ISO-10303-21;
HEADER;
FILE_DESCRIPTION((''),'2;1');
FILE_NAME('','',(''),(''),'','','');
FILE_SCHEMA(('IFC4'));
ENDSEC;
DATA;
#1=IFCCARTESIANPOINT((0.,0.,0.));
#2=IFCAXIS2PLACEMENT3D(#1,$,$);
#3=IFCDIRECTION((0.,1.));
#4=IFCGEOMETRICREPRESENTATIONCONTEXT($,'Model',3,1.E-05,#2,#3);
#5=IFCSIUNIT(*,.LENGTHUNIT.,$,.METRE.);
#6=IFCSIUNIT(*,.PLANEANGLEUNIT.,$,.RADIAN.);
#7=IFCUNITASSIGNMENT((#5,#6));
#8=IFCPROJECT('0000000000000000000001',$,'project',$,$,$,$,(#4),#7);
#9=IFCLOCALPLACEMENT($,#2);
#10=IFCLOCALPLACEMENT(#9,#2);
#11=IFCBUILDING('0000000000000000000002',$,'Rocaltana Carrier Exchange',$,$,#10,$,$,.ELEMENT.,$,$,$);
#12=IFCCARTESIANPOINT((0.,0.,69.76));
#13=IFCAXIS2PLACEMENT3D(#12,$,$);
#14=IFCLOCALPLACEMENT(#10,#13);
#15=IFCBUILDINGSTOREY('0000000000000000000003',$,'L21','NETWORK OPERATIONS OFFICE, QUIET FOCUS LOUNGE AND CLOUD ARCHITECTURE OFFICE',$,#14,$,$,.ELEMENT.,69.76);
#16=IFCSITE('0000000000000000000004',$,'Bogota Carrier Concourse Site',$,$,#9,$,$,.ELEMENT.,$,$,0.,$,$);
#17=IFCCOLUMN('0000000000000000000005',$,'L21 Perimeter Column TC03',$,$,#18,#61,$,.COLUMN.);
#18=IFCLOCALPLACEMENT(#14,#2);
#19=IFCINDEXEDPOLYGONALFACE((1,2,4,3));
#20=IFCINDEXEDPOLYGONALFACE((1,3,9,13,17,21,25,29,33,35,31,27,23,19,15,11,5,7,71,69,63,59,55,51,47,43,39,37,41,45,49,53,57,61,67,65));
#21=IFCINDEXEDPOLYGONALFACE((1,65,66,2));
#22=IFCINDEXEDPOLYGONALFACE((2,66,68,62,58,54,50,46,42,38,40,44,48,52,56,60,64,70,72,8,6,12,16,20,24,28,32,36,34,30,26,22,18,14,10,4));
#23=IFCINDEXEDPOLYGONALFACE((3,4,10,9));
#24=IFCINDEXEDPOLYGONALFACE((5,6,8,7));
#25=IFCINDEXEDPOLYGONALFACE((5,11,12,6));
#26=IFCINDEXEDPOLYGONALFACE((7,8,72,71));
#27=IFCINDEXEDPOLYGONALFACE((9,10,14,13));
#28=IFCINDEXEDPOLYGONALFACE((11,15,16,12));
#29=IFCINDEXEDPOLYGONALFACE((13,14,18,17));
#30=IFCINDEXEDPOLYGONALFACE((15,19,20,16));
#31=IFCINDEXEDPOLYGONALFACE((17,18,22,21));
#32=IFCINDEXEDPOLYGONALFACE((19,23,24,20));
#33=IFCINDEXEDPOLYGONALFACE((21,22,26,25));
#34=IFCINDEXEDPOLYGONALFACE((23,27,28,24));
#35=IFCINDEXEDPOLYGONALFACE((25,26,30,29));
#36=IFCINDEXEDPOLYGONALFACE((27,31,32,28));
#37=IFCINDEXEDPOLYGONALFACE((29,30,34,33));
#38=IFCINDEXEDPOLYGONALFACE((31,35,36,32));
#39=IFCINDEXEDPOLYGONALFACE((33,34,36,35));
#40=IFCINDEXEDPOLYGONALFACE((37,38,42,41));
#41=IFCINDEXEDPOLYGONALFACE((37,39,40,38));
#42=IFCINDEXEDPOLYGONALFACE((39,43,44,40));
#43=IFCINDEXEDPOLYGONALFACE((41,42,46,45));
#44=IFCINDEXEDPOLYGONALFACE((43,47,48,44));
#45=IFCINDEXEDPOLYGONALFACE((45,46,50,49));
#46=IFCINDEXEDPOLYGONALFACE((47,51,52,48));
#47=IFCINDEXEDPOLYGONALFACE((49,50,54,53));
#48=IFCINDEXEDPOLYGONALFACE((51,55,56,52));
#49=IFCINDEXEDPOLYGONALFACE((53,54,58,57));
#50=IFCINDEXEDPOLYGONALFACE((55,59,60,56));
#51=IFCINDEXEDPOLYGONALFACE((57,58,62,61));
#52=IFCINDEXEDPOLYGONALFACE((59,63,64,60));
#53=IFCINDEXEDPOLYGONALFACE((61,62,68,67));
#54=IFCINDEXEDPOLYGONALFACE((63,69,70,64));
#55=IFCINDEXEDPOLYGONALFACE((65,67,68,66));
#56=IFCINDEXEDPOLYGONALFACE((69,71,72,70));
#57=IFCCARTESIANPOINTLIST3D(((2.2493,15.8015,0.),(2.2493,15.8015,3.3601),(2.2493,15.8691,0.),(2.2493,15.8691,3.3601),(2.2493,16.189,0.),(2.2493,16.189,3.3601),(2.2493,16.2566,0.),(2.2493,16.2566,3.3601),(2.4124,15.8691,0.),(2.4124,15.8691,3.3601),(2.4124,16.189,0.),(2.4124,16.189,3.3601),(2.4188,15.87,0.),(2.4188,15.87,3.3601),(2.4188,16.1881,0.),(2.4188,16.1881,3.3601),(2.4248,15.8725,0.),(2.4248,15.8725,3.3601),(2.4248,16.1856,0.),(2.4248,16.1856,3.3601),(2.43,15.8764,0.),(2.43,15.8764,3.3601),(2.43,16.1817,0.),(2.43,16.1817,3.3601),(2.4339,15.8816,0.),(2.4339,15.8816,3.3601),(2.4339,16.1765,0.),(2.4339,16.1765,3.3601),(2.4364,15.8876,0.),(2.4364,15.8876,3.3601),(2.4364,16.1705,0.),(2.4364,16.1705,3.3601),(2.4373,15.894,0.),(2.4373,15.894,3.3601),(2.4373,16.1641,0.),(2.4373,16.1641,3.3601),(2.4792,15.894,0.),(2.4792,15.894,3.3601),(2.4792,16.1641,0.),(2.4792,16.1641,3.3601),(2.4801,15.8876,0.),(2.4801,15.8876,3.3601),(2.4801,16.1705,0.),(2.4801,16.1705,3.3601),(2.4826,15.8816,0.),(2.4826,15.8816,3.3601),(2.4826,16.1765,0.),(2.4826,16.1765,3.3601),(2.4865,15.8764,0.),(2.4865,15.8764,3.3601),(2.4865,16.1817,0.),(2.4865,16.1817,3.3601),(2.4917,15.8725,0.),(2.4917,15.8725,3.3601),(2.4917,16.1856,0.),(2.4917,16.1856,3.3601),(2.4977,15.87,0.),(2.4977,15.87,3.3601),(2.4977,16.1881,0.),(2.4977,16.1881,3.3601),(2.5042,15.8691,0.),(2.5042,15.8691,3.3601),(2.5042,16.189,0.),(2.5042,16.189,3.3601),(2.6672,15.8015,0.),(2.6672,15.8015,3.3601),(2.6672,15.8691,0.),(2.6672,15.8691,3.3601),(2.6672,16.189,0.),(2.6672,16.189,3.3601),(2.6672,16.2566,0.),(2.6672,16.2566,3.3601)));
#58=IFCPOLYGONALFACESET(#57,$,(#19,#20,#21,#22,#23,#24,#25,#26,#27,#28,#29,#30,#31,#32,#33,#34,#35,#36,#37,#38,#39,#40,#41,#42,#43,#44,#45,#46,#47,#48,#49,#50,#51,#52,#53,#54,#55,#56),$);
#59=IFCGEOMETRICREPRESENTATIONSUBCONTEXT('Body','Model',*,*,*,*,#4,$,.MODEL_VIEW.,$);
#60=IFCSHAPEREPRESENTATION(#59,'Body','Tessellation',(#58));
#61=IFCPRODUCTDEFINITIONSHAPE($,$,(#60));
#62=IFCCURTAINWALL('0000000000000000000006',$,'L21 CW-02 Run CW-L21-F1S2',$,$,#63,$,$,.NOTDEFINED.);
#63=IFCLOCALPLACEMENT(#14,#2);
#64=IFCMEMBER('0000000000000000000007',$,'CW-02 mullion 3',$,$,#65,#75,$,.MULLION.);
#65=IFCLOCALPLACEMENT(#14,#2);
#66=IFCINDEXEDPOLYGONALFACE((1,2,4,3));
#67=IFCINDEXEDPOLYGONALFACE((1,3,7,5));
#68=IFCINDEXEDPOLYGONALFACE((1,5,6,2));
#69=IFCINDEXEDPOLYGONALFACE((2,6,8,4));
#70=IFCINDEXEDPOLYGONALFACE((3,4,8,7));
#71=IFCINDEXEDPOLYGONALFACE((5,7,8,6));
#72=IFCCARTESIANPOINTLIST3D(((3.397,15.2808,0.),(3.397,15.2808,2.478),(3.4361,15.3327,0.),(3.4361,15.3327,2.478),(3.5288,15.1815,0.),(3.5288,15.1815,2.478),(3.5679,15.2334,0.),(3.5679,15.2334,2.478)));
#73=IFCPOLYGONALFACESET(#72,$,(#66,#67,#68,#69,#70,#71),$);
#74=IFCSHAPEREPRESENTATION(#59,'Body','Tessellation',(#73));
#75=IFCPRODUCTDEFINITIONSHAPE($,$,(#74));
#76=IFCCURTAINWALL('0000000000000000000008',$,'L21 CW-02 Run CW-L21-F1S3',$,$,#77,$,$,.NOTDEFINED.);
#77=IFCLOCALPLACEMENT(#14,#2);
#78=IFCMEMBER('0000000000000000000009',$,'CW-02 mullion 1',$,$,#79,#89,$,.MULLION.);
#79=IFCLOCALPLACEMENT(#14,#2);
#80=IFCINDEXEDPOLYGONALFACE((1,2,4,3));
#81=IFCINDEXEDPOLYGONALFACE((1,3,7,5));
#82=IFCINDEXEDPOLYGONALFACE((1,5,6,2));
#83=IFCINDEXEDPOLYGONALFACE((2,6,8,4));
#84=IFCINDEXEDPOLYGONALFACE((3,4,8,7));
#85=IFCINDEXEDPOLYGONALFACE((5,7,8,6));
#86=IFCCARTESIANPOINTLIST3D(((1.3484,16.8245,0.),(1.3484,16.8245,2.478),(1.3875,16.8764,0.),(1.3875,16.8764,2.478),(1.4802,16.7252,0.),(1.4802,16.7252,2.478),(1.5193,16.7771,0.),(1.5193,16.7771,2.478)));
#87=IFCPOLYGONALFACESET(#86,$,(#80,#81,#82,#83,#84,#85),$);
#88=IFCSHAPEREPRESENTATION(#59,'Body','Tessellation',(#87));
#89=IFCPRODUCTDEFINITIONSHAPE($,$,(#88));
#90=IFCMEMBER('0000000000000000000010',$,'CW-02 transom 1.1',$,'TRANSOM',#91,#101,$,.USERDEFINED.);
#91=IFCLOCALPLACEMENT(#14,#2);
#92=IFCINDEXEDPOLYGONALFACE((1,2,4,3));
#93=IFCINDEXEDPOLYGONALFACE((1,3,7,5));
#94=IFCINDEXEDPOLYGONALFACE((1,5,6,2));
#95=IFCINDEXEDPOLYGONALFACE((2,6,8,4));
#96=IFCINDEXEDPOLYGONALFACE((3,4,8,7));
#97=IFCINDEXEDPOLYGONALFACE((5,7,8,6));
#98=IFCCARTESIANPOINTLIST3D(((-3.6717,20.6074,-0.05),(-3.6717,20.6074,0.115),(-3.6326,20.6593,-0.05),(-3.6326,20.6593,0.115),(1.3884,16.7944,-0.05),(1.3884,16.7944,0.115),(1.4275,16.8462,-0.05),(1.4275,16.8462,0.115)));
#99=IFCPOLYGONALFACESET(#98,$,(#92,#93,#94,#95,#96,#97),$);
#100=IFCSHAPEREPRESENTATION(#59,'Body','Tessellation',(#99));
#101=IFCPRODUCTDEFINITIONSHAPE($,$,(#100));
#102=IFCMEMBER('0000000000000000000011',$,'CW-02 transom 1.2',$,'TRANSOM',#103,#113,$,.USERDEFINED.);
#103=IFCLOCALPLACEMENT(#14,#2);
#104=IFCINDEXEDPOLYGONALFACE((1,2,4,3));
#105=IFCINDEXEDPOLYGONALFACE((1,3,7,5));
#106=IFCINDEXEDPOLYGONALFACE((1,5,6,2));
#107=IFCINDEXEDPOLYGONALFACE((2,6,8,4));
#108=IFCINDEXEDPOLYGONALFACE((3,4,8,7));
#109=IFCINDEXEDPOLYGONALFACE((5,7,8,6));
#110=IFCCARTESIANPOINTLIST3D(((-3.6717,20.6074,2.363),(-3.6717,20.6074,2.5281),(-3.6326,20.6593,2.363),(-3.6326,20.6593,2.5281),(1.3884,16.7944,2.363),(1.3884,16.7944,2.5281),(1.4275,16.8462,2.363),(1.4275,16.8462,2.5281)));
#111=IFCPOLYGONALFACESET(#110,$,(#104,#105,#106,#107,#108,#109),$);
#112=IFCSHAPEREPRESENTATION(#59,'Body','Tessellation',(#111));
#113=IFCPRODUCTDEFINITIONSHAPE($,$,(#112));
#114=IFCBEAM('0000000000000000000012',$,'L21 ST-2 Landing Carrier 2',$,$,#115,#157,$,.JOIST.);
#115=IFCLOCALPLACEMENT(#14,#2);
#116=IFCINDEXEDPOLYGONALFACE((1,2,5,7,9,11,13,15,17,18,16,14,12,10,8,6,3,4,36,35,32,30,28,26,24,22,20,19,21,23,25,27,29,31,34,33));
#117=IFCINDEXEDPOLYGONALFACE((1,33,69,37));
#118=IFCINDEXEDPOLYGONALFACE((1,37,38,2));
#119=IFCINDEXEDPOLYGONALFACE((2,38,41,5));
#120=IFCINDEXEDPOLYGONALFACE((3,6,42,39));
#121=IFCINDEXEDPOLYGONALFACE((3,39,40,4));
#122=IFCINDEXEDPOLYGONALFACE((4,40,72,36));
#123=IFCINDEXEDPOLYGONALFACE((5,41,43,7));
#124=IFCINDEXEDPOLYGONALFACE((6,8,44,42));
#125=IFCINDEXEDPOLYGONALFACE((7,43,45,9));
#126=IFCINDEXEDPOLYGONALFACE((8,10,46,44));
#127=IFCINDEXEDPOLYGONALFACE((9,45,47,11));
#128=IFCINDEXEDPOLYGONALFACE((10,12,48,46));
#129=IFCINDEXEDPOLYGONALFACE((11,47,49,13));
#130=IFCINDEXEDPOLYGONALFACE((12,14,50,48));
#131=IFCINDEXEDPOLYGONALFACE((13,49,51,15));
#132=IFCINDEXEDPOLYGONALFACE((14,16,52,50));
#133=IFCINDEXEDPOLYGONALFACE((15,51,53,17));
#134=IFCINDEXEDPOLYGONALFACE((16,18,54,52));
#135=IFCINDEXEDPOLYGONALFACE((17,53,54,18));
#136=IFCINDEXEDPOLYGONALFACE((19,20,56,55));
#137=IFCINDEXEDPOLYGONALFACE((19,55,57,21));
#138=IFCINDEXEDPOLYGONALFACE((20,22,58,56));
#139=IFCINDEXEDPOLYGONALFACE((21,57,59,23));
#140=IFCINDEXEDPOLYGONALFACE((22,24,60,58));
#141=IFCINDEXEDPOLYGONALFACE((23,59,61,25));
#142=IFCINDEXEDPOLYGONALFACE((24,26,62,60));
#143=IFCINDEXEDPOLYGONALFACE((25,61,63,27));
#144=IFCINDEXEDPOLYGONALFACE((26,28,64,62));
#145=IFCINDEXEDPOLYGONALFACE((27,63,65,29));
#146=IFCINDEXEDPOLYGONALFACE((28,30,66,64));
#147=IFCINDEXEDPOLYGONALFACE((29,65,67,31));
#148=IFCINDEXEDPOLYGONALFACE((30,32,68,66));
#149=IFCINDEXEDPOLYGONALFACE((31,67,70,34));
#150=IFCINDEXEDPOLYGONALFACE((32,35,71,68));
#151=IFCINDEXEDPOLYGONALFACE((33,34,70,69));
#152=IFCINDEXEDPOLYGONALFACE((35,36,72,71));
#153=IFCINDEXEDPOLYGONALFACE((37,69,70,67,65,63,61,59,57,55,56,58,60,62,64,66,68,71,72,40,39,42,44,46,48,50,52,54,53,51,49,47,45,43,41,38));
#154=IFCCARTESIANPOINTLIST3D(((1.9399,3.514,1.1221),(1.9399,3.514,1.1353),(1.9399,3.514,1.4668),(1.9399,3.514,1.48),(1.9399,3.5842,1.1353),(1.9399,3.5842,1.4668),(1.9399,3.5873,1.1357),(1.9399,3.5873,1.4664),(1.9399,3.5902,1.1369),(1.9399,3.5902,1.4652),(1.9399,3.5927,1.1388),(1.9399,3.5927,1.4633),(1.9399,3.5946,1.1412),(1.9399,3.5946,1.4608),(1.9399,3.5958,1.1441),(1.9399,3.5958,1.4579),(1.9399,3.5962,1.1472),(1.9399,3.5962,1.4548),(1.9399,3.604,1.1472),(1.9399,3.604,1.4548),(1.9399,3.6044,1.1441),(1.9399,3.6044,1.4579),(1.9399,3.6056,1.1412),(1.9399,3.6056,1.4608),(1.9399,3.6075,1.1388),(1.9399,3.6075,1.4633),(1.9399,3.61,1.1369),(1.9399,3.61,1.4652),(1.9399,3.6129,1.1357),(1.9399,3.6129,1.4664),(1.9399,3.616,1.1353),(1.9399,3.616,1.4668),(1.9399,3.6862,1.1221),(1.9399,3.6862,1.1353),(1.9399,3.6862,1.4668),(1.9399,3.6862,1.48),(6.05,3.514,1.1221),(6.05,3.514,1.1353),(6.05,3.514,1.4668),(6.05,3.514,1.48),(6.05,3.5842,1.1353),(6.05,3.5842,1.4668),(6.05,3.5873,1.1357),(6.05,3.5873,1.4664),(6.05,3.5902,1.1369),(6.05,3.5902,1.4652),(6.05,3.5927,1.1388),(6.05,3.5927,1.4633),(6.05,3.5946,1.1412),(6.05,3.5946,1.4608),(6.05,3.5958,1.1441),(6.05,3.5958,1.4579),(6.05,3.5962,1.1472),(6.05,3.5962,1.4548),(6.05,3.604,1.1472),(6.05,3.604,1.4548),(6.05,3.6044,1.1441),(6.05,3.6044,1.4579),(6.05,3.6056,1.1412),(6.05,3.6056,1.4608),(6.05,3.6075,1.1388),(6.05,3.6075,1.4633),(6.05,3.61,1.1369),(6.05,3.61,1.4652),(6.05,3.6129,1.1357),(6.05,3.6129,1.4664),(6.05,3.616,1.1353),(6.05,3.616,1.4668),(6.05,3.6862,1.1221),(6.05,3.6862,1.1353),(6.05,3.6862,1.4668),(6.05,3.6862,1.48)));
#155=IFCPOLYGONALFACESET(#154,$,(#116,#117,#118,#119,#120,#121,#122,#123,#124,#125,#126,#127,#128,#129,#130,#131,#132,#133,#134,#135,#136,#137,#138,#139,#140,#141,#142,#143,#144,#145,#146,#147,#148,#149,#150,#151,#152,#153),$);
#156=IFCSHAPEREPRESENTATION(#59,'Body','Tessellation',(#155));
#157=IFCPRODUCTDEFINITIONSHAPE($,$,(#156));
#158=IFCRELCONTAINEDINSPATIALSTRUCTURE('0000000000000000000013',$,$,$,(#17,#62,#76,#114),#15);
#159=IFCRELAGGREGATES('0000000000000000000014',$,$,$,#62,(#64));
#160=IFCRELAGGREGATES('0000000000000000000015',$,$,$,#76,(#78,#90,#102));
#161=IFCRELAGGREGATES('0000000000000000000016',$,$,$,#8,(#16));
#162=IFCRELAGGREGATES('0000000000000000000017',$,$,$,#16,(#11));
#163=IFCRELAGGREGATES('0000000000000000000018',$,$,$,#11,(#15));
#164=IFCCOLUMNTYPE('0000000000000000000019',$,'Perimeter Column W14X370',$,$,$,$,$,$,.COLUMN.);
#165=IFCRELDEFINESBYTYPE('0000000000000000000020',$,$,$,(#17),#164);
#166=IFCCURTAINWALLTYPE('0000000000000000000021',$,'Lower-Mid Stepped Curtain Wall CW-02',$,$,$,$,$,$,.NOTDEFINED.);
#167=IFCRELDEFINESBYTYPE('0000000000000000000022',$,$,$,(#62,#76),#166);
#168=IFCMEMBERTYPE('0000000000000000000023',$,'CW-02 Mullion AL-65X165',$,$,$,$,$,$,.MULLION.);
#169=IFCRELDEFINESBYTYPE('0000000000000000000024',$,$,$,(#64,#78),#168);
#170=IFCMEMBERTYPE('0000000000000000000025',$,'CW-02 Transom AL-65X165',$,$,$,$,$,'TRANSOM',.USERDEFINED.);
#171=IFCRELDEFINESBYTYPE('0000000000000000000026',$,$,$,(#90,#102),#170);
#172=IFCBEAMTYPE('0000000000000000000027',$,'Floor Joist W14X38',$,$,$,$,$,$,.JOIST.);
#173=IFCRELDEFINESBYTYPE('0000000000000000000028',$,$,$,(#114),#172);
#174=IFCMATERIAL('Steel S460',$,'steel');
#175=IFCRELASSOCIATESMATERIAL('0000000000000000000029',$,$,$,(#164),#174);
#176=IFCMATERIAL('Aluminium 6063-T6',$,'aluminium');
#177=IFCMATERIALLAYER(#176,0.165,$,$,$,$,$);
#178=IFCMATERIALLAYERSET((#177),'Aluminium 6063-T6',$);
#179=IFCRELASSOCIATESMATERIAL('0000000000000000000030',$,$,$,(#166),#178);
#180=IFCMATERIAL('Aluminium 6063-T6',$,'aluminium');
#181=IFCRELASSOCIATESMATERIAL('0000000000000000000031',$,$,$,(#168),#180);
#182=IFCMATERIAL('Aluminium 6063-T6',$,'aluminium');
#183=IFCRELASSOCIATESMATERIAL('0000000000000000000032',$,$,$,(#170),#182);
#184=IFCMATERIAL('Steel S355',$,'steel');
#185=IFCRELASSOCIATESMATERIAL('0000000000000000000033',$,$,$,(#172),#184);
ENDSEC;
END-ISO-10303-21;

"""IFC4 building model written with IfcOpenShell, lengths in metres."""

from ifc_helpers import new_model, si_unit, direction, frame, origin, origin_2d, place, context, subcontext, project, spatial, rectangle, i_section, extrude, material, layer, layer_set, material_profile, profile_set, type_object, element, aggregate, save


model = new_model("IFC4")

# Units and contexts
model_context = context("Model", 3, precision=1e-05, world=origin(), true_north=direction((0.0, 1.0)))
body_context = subcontext(model_context, "Body", "Model", "MODEL_VIEW")
ifc_project = project(units=[si_unit("LENGTHUNIT", "METRE"), si_unit("PLANEANGLEUNIT", "RADIAN")], contexts=[model_context])

# Site, building, storey
site_placement = place(None, origin())
site = spatial("IfcSite", under=ifc_project, at=site_placement, Name="Bogota Carrier Concourse Site", CompositionType="ELEMENT", RefElevation=0.0)
building_placement = place(site_placement, origin())
building = spatial("IfcBuilding", under=site, at=building_placement, Name="Rocaltana Carrier Exchange", CompositionType="ELEMENT")
storey_placement = place(building_placement, frame((0.0, 0.0, 69.76)))
storey = spatial("IfcBuildingStorey", under=building, at=storey_placement, Name="L21", Description="NETWORK OPERATIONS OFFICE, QUIET FOCUS LOUNGE AND CLOUD ARCHITECTURE OFFICE", CompositionType="ELEMENT", Elevation=69.76)

# Column
ifc_material_1 = material(Name="Steel S460", Category="steel")
ifc_material_profile_1 = material_profile(ifc_material_1, i_section(OverallWidth=0.418, OverallDepth=0.4551, WebThickness=0.042, FlangeThickness=0.0676, FilletRadius=0.0249, at=origin_2d()), Name="W14X370")
ifc_profile_set_1 = profile_set([ifc_material_profile_1], Name="Steel S460")
column_type = type_object("IfcColumnType", Name="Perimeter Column W14X370", PredefinedType="COLUMN", material=ifc_profile_set_1)
column_placement = place(storey_placement, frame((2.4583, 16.0291, 0.0), z_axis=(0.0, 0.0, 1.0), x_axis=(1.0, 0.0, 0.0)))
element("IfcColumn", 1, at=column_placement, inside=storey, type_object=column_type, Name="L21 Perimeter Column TC03", PredefinedType="COLUMN", context=body_context, shape_type="SweptSolid", body=[
    extrude(i_section(OverallWidth=0.418, OverallDepth=0.4551, WebThickness=0.042, FlangeThickness=0.0676, FilletRadius=0.0249, at=origin_2d()), origin(), (0.0, 0.0, 1.0), 3.3601),
])

# Curtain wall, member
ifc_material_2 = material(Name="Aluminium 6063-T6", Category="aluminium")
ifc_layer_1 = layer(ifc_material_2, 0.165)
ifc_layer_set_1 = layer_set([ifc_layer_1], Name="Aluminium 6063-T6")
curtain_wall_type = type_object("IfcCurtainWallType", Name="Lower-Mid Stepped Curtain Wall CW-02", PredefinedType="NOTDEFINED", material=ifc_layer_set_1)
curtain_wall_1_placement = place(storey_placement, origin())
curtain_wall_1 = element("IfcCurtainWall", 2, at=curtain_wall_1_placement, inside=storey, type_object=curtain_wall_type, Name="L21 CW-02 Run CW-L21-F1S2", PredefinedType="NOTDEFINED")
ifc_material_3 = material(Name="Aluminium 6063-T6", Category="aluminium")
ifc_material_profile_2 = material_profile(ifc_material_3, rectangle(XDim=0.0649, YDim=0.165, at=origin_2d()), Name="AL-65X165")
ifc_profile_set_2 = profile_set([ifc_material_profile_2], Name="Aluminium 6063-T6")
member_type_1 = type_object("IfcMemberType", Name="CW-02 Mullion AL-65X165", PredefinedType="MULLION", material=ifc_profile_set_2)
member_1_placement = place(storey_placement, frame((3.4824, 15.2571, 0.0), z_axis=(0.0, 0.0, 1.0), x_axis=(-0.601815, -0.798635, 0.0)))
member_1 = element("IfcMember", 3, at=member_1_placement, type_object=member_type_1, Name="CW-02 mullion 3", PredefinedType="MULLION", context=body_context, shape_type="SweptSolid", body=[
    extrude(rectangle(XDim=0.0649, YDim=0.165, at=origin_2d()), origin(), (0.0, 0.0, 1.0), 2.478),
])
aggregate(curtain_wall_1, [member_1])

# Curtain wall, members
curtain_wall_2_placement = place(storey_placement, origin())
curtain_wall_2 = element("IfcCurtainWall", 4, at=curtain_wall_2_placement, inside=storey, type_object=curtain_wall_type, Name="L21 CW-02 Run CW-L21-F1S3", PredefinedType="NOTDEFINED")
member_2_placement = place(storey_placement, frame((1.4338, 16.8008, 0.0), z_axis=(0.0, 0.0, 1.0), x_axis=(-0.601812, -0.798638, 0.0)))
member_2 = element("IfcMember", 5, at=member_2_placement, type_object=member_type_1, Name="CW-02 mullion 1", PredefinedType="MULLION", context=body_context, shape_type="SweptSolid", body=[
    extrude(rectangle(XDim=0.0649, YDim=0.165, at=origin_2d()), origin(), (0.0, 0.0, 1.0), 2.478),
])
ifc_material_4 = material(Name="Aluminium 6063-T6", Category="aluminium")
ifc_material_profile_3 = material_profile(ifc_material_4, rectangle(XDim=0.0649, YDim=0.165, at=origin_2d()), Name="AL-65X165")
ifc_profile_set_3 = profile_set([ifc_material_profile_3], Name="Aluminium 6063-T6")
member_type_2 = type_object("IfcMemberType", Name="CW-02 Transom AL-65X165", ElementType="TRANSOM", PredefinedType="USERDEFINED", material=ifc_profile_set_3)
member_3_placement = place(storey_placement, frame((1.408, 16.8203, 0.0325), z_axis=(-0.798638, 0.601811, 0.0), x_axis=(-0.601811, -0.798638, 0.0)))
member_3 = element("IfcMember", 6, at=member_3_placement, type_object=member_type_2, Name="CW-02 transom 1.1", ObjectType="TRANSOM", PredefinedType="USERDEFINED", context=body_context, shape_type="SweptSolid", body=[
    extrude(rectangle(XDim=0.0649, YDim=0.165, at=origin_2d()), origin(), (0.0, 0.0, 1.0), 6.3359),
])
member_4_placement = place(storey_placement, frame((1.408, 16.8203, 2.4456), z_axis=(-0.798638, 0.601811, 0.0), x_axis=(-0.601811, -0.798638, 0.0)))
member_4 = element("IfcMember", 7, at=member_4_placement, type_object=member_type_2, Name="CW-02 transom 1.2", ObjectType="TRANSOM", PredefinedType="USERDEFINED", context=body_context, shape_type="SweptSolid", body=[
    extrude(rectangle(XDim=0.0649, YDim=0.165, at=origin_2d()), origin(), (0.0, 0.0, 1.0), 6.3359),
])

# Beam
ifc_material_5 = material(Name="Steel S355", Category="steel")
ifc_material_profile_4 = material_profile(ifc_material_5, i_section(OverallWidth=0.1721, OverallDepth=0.3579, WebThickness=0.0078, FlangeThickness=0.0132, FilletRadius=0.012, at=origin_2d()), Name="W14X38")
ifc_profile_set_4 = profile_set([ifc_material_profile_4], Name="Steel S355")
beam_type_1 = type_object("IfcBeamType", Name="Floor Joist W14X38", PredefinedType="JOIST", material=ifc_profile_set_4)
beam_1_placement = place(storey_placement, frame((1.9399, 3.6001, 1.301), z_axis=(1.0, 0.0, 0.0), x_axis=(0.0, 1.0, 0.0)))
element("IfcBeam", 8, at=beam_1_placement, inside=storey, type_object=beam_type_1, Name="L21 ST-2 Landing Carrier 2", PredefinedType="JOIST", context=body_context, shape_type="SweptSolid", body=[
    extrude(i_section(OverallWidth=0.1721, OverallDepth=0.3579, WebThickness=0.0078, FlangeThickness=0.0132, FilletRadius=0.012, at=origin_2d()), origin(), (0.0, 0.0, 1.0), 4.1101),
])

aggregate(curtain_wall_2, [member_2, member_3, member_4])

save(model, "model.ifc")
